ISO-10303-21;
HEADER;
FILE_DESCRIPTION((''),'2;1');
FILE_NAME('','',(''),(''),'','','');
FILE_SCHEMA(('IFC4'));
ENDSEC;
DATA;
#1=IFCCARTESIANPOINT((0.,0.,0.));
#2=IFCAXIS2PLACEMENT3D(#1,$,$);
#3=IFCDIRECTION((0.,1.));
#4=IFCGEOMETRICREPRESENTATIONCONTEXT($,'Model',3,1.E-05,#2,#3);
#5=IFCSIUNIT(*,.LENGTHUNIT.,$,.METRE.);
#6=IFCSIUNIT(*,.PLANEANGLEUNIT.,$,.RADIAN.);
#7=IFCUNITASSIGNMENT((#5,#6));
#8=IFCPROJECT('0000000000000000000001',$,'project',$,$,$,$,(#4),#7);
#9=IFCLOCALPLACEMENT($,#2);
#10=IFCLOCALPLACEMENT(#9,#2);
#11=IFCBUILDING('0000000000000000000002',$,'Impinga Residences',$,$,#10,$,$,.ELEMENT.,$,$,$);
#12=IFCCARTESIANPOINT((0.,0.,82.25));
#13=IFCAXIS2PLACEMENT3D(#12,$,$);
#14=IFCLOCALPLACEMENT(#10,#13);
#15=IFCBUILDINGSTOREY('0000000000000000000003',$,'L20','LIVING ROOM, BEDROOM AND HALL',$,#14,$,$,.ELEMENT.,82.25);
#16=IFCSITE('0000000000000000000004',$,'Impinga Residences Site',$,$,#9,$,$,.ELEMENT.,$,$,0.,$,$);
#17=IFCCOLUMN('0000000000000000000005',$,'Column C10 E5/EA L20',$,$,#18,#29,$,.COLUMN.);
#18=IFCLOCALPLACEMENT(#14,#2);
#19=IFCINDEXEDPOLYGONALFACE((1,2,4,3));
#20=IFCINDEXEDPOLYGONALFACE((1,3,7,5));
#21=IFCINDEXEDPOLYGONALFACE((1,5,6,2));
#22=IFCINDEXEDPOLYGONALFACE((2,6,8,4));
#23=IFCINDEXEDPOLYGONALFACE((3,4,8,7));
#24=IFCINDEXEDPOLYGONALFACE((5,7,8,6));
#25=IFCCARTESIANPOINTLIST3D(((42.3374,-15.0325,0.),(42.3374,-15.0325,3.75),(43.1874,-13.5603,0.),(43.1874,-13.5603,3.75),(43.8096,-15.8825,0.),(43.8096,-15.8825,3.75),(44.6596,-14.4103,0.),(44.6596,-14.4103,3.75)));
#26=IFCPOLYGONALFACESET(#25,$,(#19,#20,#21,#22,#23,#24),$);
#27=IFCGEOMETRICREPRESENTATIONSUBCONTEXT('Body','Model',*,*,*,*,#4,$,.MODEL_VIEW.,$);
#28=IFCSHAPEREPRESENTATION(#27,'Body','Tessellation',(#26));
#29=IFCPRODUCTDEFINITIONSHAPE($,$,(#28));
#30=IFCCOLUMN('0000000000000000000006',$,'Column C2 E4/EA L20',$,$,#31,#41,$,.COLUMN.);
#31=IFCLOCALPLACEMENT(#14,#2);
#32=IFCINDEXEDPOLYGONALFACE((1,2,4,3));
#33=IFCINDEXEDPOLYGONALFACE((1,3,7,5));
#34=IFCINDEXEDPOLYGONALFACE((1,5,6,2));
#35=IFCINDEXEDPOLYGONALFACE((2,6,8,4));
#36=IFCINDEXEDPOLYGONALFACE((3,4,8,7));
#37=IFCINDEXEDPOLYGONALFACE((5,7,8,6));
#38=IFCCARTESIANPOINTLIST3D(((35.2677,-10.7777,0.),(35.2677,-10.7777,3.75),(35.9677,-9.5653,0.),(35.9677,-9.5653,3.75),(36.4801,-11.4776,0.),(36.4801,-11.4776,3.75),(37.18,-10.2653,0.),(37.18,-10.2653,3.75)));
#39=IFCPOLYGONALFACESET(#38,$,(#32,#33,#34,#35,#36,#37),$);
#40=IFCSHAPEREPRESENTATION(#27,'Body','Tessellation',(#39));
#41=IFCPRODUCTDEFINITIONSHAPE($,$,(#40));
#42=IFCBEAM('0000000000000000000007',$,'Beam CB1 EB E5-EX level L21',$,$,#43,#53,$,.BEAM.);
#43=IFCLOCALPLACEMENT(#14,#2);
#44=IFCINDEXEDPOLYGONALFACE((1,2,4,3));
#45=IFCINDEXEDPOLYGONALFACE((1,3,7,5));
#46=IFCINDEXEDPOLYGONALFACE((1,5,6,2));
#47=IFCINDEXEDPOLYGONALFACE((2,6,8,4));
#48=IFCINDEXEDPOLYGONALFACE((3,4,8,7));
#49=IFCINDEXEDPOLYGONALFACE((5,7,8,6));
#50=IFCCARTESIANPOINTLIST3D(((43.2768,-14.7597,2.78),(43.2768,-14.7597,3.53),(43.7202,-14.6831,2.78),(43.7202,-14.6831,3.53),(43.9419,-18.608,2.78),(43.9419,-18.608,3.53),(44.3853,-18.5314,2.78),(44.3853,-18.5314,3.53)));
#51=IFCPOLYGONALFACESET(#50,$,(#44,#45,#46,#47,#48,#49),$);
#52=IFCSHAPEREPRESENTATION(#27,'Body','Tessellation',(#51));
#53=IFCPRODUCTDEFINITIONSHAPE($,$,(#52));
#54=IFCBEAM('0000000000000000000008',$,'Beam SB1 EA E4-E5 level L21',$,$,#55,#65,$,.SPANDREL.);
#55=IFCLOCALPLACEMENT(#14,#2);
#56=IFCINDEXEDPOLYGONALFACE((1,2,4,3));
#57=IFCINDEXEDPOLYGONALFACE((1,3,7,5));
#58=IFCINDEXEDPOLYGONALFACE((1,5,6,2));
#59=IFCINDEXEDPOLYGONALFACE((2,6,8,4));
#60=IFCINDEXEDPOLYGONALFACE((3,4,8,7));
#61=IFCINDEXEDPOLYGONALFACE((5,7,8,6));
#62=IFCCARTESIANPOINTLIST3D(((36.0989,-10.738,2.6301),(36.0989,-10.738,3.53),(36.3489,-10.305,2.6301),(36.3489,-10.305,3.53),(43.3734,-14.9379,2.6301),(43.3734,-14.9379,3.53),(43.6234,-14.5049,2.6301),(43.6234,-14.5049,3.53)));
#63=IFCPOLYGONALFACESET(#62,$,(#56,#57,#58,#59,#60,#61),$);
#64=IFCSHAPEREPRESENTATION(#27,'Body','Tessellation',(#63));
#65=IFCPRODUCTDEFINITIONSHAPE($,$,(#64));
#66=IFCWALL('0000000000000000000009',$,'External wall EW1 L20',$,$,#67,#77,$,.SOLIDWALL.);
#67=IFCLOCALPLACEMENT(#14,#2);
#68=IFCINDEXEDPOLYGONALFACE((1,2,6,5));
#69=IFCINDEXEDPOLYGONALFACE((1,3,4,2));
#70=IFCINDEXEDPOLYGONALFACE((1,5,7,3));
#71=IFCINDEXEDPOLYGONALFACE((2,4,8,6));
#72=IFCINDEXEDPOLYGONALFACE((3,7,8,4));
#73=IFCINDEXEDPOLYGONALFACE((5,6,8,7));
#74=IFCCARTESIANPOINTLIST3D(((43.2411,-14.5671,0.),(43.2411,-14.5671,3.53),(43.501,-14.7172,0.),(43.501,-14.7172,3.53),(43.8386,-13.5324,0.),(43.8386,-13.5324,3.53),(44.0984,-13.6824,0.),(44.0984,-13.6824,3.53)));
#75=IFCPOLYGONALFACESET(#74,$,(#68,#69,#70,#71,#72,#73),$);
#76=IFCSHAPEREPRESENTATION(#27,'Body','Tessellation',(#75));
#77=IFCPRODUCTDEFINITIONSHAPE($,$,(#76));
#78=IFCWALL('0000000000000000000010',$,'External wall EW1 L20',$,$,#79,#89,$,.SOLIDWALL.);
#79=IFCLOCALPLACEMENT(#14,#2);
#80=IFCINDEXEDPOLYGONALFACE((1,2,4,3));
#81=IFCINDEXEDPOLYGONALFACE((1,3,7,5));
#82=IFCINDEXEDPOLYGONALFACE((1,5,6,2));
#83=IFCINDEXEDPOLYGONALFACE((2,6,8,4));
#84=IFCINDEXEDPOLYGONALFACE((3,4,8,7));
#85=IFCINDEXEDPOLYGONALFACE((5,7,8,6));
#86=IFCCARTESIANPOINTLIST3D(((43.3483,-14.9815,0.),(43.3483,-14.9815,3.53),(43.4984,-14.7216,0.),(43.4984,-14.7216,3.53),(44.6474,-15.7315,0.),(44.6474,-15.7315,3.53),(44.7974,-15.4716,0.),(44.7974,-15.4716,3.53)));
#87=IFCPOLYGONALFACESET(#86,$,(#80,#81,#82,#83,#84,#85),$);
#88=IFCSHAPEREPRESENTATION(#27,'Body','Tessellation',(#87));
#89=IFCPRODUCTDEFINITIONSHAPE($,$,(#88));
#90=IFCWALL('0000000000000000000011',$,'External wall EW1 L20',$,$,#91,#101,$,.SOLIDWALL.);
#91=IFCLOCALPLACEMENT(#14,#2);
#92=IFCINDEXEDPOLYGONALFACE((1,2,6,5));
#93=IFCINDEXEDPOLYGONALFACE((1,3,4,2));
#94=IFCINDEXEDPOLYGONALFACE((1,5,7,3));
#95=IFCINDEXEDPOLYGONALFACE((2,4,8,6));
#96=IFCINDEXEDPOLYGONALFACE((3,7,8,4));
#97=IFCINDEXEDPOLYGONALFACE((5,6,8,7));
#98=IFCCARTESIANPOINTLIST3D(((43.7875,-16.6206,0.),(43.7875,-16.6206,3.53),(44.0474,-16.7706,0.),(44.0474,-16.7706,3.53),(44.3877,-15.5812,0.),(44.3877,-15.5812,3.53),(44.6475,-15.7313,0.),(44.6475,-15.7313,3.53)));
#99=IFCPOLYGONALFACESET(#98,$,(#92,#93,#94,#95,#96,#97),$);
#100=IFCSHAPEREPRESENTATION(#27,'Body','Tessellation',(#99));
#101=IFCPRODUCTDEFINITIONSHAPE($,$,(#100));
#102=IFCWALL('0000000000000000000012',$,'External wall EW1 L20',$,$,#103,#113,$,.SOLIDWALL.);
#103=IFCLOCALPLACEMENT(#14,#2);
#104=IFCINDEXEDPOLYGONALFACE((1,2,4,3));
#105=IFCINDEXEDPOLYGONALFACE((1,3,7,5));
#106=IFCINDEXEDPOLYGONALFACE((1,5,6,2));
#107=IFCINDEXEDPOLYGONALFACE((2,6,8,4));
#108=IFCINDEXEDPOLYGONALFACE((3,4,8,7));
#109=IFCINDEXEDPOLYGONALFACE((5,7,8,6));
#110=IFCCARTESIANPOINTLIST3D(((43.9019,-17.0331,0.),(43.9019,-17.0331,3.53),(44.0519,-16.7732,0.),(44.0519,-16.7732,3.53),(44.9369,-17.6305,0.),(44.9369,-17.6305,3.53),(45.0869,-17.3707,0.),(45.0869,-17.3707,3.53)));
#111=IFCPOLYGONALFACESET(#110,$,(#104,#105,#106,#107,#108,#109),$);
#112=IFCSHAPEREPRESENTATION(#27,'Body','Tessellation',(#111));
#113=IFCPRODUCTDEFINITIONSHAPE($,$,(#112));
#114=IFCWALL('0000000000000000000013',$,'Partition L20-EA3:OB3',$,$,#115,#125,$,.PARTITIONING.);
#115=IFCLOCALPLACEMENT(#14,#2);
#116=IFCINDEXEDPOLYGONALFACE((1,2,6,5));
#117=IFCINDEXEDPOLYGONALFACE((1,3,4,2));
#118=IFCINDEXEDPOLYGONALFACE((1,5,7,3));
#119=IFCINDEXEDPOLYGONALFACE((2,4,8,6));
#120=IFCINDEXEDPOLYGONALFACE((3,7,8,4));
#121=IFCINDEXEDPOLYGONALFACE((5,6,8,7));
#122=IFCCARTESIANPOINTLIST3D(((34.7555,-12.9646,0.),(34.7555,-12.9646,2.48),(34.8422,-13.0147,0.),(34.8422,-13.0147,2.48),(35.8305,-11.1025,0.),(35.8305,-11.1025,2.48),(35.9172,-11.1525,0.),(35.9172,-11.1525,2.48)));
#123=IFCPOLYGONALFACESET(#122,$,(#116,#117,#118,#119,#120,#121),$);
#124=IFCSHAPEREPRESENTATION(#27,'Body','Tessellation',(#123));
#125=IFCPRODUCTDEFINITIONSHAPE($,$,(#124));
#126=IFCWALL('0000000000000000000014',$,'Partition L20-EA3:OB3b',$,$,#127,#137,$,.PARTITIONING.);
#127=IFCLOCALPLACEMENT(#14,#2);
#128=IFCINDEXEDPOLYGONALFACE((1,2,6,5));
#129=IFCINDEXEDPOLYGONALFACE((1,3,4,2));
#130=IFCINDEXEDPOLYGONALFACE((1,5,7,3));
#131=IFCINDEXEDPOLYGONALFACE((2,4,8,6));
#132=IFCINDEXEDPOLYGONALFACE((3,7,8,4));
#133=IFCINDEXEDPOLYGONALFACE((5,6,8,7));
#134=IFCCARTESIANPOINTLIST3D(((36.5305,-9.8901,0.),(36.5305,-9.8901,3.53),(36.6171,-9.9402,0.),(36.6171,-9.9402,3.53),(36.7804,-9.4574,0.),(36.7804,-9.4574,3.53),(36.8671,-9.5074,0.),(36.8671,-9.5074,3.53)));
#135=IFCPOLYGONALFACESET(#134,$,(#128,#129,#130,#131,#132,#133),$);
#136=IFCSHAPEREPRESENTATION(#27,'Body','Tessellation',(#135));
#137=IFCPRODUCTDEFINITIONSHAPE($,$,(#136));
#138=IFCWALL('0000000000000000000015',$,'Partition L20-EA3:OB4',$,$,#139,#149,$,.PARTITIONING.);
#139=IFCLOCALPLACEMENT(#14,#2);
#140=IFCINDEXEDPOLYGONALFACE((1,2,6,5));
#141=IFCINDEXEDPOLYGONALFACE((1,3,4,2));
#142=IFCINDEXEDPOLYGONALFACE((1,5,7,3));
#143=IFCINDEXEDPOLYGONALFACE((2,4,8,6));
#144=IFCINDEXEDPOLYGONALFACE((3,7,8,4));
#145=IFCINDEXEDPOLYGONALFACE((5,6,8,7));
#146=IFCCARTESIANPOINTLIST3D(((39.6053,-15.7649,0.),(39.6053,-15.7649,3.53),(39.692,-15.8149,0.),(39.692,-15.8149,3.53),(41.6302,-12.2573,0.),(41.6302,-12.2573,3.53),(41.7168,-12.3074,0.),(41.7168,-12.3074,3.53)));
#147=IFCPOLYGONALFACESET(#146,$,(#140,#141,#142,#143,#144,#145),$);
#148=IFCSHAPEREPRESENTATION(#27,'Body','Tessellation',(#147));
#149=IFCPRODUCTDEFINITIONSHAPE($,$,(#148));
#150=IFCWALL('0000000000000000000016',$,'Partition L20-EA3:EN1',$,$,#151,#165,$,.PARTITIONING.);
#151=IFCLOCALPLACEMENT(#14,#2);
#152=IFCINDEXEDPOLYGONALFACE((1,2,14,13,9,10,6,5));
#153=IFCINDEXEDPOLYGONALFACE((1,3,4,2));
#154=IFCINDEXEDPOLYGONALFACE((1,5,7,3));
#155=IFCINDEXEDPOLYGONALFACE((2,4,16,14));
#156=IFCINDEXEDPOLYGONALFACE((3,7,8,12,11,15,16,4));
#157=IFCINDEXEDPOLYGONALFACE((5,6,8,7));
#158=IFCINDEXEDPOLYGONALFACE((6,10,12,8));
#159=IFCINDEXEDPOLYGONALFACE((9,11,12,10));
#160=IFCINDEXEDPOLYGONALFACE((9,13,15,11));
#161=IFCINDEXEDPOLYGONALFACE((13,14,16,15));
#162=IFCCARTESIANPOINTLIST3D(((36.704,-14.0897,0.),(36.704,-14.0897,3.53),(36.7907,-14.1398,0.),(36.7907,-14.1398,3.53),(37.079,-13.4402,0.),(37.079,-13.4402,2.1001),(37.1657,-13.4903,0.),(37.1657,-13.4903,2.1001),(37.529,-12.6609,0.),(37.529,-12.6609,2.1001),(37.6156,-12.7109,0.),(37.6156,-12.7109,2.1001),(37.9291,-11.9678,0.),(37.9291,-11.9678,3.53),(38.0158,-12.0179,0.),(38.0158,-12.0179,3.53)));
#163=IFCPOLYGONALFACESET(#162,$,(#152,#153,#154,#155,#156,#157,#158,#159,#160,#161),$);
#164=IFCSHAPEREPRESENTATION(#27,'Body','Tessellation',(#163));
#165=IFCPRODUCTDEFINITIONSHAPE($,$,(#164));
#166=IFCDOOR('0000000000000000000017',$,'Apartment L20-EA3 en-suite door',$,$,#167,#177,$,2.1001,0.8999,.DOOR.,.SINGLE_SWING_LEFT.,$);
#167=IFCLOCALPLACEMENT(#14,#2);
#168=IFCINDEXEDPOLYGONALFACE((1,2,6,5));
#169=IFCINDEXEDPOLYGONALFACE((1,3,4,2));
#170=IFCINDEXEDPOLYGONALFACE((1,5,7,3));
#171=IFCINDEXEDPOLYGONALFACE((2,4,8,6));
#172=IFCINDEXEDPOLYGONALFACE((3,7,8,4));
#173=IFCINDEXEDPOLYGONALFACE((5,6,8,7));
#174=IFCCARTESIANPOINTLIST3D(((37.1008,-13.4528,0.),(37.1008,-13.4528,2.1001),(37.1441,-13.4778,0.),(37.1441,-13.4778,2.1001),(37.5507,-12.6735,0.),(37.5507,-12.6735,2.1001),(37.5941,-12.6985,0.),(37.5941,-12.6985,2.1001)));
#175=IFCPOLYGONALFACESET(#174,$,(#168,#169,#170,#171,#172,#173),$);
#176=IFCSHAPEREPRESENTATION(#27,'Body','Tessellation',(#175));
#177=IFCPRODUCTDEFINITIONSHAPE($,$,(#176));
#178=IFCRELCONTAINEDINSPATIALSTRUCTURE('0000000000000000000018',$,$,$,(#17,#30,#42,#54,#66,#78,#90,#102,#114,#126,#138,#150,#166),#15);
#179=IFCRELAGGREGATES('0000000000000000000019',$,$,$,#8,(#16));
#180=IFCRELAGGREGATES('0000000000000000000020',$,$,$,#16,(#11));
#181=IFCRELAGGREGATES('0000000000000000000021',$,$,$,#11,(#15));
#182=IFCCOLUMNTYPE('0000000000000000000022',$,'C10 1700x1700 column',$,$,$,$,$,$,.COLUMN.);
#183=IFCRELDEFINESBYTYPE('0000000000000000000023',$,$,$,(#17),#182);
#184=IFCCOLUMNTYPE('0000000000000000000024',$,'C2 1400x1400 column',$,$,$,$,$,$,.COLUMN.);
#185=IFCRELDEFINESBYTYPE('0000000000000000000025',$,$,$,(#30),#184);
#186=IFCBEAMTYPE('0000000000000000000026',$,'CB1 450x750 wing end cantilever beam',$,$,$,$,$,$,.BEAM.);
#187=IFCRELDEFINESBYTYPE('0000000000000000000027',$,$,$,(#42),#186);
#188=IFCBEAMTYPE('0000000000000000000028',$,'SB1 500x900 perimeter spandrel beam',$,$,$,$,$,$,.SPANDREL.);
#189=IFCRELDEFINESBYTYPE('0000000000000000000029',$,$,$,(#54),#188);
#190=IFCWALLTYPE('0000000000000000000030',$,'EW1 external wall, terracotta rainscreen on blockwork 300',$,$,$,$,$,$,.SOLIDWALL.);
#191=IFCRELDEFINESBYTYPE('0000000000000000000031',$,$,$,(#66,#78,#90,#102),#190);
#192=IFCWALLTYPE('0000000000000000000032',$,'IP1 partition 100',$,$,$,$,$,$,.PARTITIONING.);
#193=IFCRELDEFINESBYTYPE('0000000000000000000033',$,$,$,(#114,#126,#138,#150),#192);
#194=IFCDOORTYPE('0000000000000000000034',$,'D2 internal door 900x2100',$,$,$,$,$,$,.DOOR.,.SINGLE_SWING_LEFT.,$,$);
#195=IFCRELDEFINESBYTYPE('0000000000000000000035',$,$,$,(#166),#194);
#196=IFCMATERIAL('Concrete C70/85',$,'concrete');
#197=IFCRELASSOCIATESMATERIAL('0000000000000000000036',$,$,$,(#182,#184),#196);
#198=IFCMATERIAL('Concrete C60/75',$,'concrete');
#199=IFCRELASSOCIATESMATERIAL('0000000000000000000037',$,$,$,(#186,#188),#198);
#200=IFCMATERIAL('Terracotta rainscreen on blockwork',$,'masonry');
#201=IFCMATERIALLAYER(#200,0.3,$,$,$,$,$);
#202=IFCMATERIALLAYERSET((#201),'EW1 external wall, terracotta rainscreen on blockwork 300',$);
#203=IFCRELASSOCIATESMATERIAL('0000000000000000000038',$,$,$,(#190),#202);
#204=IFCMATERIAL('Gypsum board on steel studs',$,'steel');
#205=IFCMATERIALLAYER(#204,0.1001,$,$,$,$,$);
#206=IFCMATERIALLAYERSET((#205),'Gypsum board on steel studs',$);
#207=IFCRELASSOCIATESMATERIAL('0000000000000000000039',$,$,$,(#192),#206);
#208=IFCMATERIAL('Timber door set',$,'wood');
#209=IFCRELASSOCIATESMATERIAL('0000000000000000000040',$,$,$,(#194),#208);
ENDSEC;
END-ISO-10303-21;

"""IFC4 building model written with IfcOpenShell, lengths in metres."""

from ifc_helpers import new_model, si_unit, direction, frame, frame_2d, origin, origin_2d, place, context, subcontext, project, spatial, rectangle, extrude, material, layer, layer_set, material_profile, profile_set, type_object, element, fill, save


model = new_model("IFC4")

# Units and contexts
model_context = context("Model", 3, precision=1e-05, world=origin(), true_north=direction((0.0, 1.0)))
body_context = subcontext(model_context, "Body", "Model", "MODEL_VIEW")
ifc_project = project(units=[si_unit("LENGTHUNIT", "METRE"), si_unit("PLANEANGLEUNIT", "RADIAN")], contexts=[model_context])

# Site, building, storey
site_placement = place(None, origin())
site = spatial("IfcSite", under=ifc_project, at=site_placement, Name="Impinga Residences Site", CompositionType="ELEMENT", RefElevation=0.0)
building_placement = place(site_placement, origin())
building = spatial("IfcBuilding", under=site, at=building_placement, Name="Impinga Residences", CompositionType="ELEMENT")
storey_placement = place(building_placement, frame((0.0, 0.0, 82.25)))
storey = spatial("IfcBuildingStorey", under=building, at=storey_placement, Name="L20", Description="LIVING ROOM, BEDROOM AND HALL", CompositionType="ELEMENT", Elevation=82.25)

# Columns
ifc_material_1 = material(Name="Concrete C70/85", Category="concrete")
ifc_material_profile_1 = material_profile(ifc_material_1, rectangle(XDim=1.7, YDim=1.7, at=origin_2d()), Name="RC 1700x1700")
ifc_profile_set_1 = profile_set([ifc_material_profile_1], Name="Concrete C70/85")
column_type_1 = type_object("IfcColumnType", Name="C10 1700x1700 column", PredefinedType="COLUMN", material=ifc_profile_set_1)
column_1_placement = place(storey_placement, frame((43.4985, -14.7214, 0.0), z_axis=(0.0, 0.0, 1.0), x_axis=(-0.5, -0.866025, 0.0)))
element("IfcColumn", 1, at=column_1_placement, inside=storey, type_object=column_type_1, Name="Column C10 E5/EA L20", PredefinedType="COLUMN", context=body_context, shape_type="SweptSolid", body=[
    extrude(rectangle(XDim=1.7, YDim=1.7, at=origin_2d()), origin(), (0.0, 0.0, 1.0), 3.75),
])
ifc_material_profile_2 = material_profile(ifc_material_1, rectangle(XDim=1.3999, YDim=1.3999, at=origin_2d()), Name="RC 1400x1400")
ifc_profile_set_2 = profile_set([ifc_material_profile_2], Name="Concrete C70/85")
column_type_2 = type_object("IfcColumnType", Name="C2 1400x1400 column", PredefinedType="COLUMN", material=ifc_profile_set_2)
column_2_placement = place(storey_placement, frame((36.2239, -10.5215, 0.0), z_axis=(0.0, 0.0, 1.0), x_axis=(-0.5, -0.866025, 0.0)))
element("IfcColumn", 2, at=column_2_placement, inside=storey, type_object=column_type_2, Name="Column C2 E4/EA L20", PredefinedType="COLUMN", context=body_context, shape_type="SweptSolid", body=[
    extrude(rectangle(XDim=1.3999, YDim=1.3999, at=origin_2d()), origin(), (0.0, 0.0, 1.0), 3.75),
])

# Beams
ifc_material_2 = material(Name="Concrete C60/75", Category="concrete")
ifc_material_profile_3 = material_profile(ifc_material_2, rectangle(XDim=0.45, YDim=0.75, at=origin_2d()), Name="RC 450x750")
ifc_profile_set_3 = profile_set([ifc_material_profile_3], Name="Concrete C60/75")
beam_type_1 = type_object("IfcBeamType", Name="CB1 450x750 wing end cantilever beam", PredefinedType="BEAM", material=ifc_profile_set_3)
beam_1_placement = place(storey_placement, frame((43.4985, -14.7214, 3.155), z_axis=(0.170296, -0.985393, 0.0), x_axis=(0.985393, 0.170296, 0.0)))
element("IfcBeam", 3, at=beam_1_placement, inside=storey, type_object=beam_type_1, Name="Beam CB1 EB E5-EX level L21", PredefinedType="BEAM", context=body_context, shape_type="SweptSolid", body=[
    extrude(rectangle(XDim=0.45, YDim=0.75, at=origin_2d()), origin(), (0.0, 0.0, 1.0), 3.9053),
])
ifc_material_profile_4 = material_profile(ifc_material_2, rectangle(XDim=0.5, YDim=0.8999, at=origin_2d()), Name="RC 500x900")
ifc_profile_set_4 = profile_set([ifc_material_profile_4], Name="Concrete C60/75")
beam_type_2 = type_object("IfcBeamType", Name="SB1 500x900 perimeter spandrel beam", PredefinedType="SPANDREL", material=ifc_profile_set_4)
beam_2_placement = place(storey_placement, frame((36.2239, -10.5215, 3.0801), z_axis=(0.866029, -0.499993, 0.0), x_axis=(0.499993, 0.866029, 0.0)))
element("IfcBeam", 4, at=beam_2_placement, inside=storey, type_object=beam_type_2, Name="Beam SB1 EA E4-E5 level L21", PredefinedType="SPANDREL", context=body_context, shape_type="SweptSolid", body=[
    extrude(rectangle(XDim=0.5, YDim=0.8999, at=origin_2d()), origin(), (0.0, 0.0, 1.0), 8.3999),
])

# Walls
ifc_material_3 = material(Name="Terracotta rainscreen on blockwork", Category="masonry")
ifc_layer_1 = layer(ifc_material_3, 0.3)
ifc_layer_set_1 = layer_set([ifc_layer_1], Name="EW1 external wall, terracotta rainscreen on blockwork 300")
wall_type_1 = type_object("IfcWallType", Name="EW1 external wall, terracotta rainscreen on blockwork 300", PredefinedType="SOLIDWALL", material=ifc_layer_set_1)
wall_1_placement = place(storey_placement, frame((43.9685, -13.6074, 0.0), z_axis=(0.0, 0.0, 1.0), x_axis=(-0.500029, -0.866009, 0.0)))
element("IfcWall", 5, at=wall_1_placement, inside=storey, type_object=wall_type_1, Name="External wall EW1 L20", PredefinedType="SOLIDWALL", context=body_context, shape_type="SweptSolid", body=[
    extrude(rectangle(XDim=1.1948, YDim=0.3, at=frame_2d((0.5974, 0.0))), origin(), (0.0, 0.0, 1.0), 3.53),
])
wall_2_placement = place(storey_placement, frame((43.4233, -14.8516, 0.0), z_axis=(0.0, 0.0, 1.0), x_axis=(0.866031, -0.49999, 0.0)))
element("IfcWall", 6, at=wall_2_placement, inside=storey, type_object=wall_type_1, Name="External wall EW1 L20", PredefinedType="SOLIDWALL", context=body_context, shape_type="SweptSolid", body=[
    extrude(rectangle(XDim=1.5, YDim=0.3, at=frame_2d((0.75, 0.0))), origin(), (0.0, 0.0, 1.0), 3.53),
])
wall_3_placement = place(storey_placement, frame((44.5176, -15.6562, 0.0), z_axis=(0.0, 0.0, 1.0), x_axis=(-0.500034, -0.866006, 0.0)))
element("IfcWall", 7, at=wall_3_placement, inside=storey, type_object=wall_type_1, Name="External wall EW1 L20", PredefinedType="SOLIDWALL", context=body_context, shape_type="SweptSolid", body=[
    extrude(rectangle(XDim=1.2002, YDim=0.3, at=frame_2d((0.6001, 0.0))), origin(), (0.0, 0.0, 1.0), 3.53),
])
wall_4_placement = place(storey_placement, frame((43.9768, -16.9031, 0.0), z_axis=(0.0, 0.0, 1.0), x_axis=(0.86606, -0.499941, 0.0)))
element("IfcWall", 8, at=wall_4_placement, inside=storey, type_object=wall_type_1, Name="External wall EW1 L20", PredefinedType="SOLIDWALL", context=body_context, shape_type="SweptSolid", body=[
    extrude(rectangle(XDim=1.1951, YDim=0.3, at=frame_2d((0.5977, 0.0))), origin(), (0.0, 0.0, 1.0), 3.53),
])
ifc_material_4 = material(Name="Gypsum board on steel studs", Category="steel")
ifc_layer_2 = layer(ifc_material_4, 0.1001)
ifc_layer_set_2 = layer_set([ifc_layer_2], Name="Gypsum board on steel studs")
wall_type_2 = type_object("IfcWallType", Name="IP1 partition 100", PredefinedType="PARTITIONING", material=ifc_layer_set_2)
wall_5_placement = place(storey_placement, frame((34.7988, -12.9897, 0.0), z_axis=(0.0, 0.0, 1.0), x_axis=(0.499962, 0.866048, 0.0)))
element("IfcWall", 9, at=wall_5_placement, inside=storey, type_object=wall_type_2, Name="Partition L20-EA3:OB3", PredefinedType="PARTITIONING", context=body_context, shape_type="SweptSolid", body=[
    extrude(rectangle(XDim=2.1501, YDim=0.1001, at=frame_2d((1.0752, 0.0))), origin(), (0.0, 0.0, 1.0), 2.48),
])
wall_6_placement = place(storey_placement, frame((36.5737, -9.9153, 0.0), z_axis=(0.0, 0.0, 1.0), x_axis=(0.500131, 0.86595, 0.0)))
element("IfcWall", 10, at=wall_6_placement, inside=storey, type_object=wall_type_2, Name="Partition L20-EA3:OB3b", PredefinedType="PARTITIONING", context=body_context, shape_type="SweptSolid", body=[
    extrude(rectangle(XDim=0.4998, YDim=0.1001, at=frame_2d((0.25, 0.0))), origin(), (0.0, 0.0, 1.0), 3.53),
])
wall_7_placement = place(storey_placement, frame((39.6487, -15.7898, 0.0), z_axis=(0.0, 0.0, 1.0), x_axis=(0.499964, 0.866046, 0.0)))
element("IfcWall", 11, at=wall_7_placement, inside=storey, type_object=wall_type_2, Name="Partition L20-EA3:OB4", PredefinedType="PARTITIONING", context=body_context, shape_type="SweptSolid", body=[
    extrude(rectangle(XDim=4.05, YDim=0.1001, at=frame_2d((2.0249, 0.0))), origin(), (0.0, 0.0, 1.0), 3.53),
])

# Wall, opening, door
wall_8_placement = place(storey_placement, frame((36.7473, -14.1147, 0.0), z_axis=(0.0, 0.0, 1.0), x_axis=(0.500019, 0.866015, 0.0)))
wall_8 = element("IfcWall", 12, at=wall_8_placement, inside=storey, type_object=wall_type_2, Name="Partition L20-EA3:EN1", PredefinedType="PARTITIONING", context=body_context, shape_type="SweptSolid", body=[
    extrude(rectangle(XDim=2.4502, YDim=0.1001, at=frame_2d((1.2251, 0.0))), origin(), (0.0, 0.0, 1.0), 3.53),
])
opening_placement = place(wall_8_placement, frame((0.75, 0.0, 0.0)))
opening = element("IfcOpeningElement", 13, at=opening_placement, cuts=wall_8, PredefinedType="OPENING", context=body_context, shape_type="SweptSolid", body=[
    extrude(rectangle(XDim=0.8999, YDim=2.1001, at=frame_2d((0.45, 1.05))), frame((0.0, 0.0601, 0.0), z_axis=(0.0, -1.0, 0.0), x_axis=(1.0, 0.0, 0.0)), (0.0, 0.0, 1.0), 0.1201),
])
ifc_material_5 = material(Name="Timber door set", Category="wood")
door_type = type_object("IfcDoorType", Name="D2 internal door 900x2100", OperationType="SINGLE_SWING_LEFT", PredefinedType="DOOR", material=ifc_material_5)
door_placement = place(opening_placement, origin())
door = element("IfcDoor", 14, at=door_placement, inside=storey, type_object=door_type, Name="Apartment L20-EA3 en-suite door", OperationType="SINGLE_SWING_LEFT", OverallHeight=2.1001, OverallWidth=0.8999, PredefinedType="DOOR", context=body_context, shape_type="SweptSolid", body=[
    extrude(rectangle(XDim=0.8999, YDim=2.1001, at=frame_2d((0.45, 1.05))), frame((0.0, 0.0249, 0.0), z_axis=(0.0, -1.0, 0.0), x_axis=(1.0, 0.0, 0.0)), (0.0, 0.0, 1.0), 0.05),
])
fill(opening, door)

save(model, "model.ifc")
